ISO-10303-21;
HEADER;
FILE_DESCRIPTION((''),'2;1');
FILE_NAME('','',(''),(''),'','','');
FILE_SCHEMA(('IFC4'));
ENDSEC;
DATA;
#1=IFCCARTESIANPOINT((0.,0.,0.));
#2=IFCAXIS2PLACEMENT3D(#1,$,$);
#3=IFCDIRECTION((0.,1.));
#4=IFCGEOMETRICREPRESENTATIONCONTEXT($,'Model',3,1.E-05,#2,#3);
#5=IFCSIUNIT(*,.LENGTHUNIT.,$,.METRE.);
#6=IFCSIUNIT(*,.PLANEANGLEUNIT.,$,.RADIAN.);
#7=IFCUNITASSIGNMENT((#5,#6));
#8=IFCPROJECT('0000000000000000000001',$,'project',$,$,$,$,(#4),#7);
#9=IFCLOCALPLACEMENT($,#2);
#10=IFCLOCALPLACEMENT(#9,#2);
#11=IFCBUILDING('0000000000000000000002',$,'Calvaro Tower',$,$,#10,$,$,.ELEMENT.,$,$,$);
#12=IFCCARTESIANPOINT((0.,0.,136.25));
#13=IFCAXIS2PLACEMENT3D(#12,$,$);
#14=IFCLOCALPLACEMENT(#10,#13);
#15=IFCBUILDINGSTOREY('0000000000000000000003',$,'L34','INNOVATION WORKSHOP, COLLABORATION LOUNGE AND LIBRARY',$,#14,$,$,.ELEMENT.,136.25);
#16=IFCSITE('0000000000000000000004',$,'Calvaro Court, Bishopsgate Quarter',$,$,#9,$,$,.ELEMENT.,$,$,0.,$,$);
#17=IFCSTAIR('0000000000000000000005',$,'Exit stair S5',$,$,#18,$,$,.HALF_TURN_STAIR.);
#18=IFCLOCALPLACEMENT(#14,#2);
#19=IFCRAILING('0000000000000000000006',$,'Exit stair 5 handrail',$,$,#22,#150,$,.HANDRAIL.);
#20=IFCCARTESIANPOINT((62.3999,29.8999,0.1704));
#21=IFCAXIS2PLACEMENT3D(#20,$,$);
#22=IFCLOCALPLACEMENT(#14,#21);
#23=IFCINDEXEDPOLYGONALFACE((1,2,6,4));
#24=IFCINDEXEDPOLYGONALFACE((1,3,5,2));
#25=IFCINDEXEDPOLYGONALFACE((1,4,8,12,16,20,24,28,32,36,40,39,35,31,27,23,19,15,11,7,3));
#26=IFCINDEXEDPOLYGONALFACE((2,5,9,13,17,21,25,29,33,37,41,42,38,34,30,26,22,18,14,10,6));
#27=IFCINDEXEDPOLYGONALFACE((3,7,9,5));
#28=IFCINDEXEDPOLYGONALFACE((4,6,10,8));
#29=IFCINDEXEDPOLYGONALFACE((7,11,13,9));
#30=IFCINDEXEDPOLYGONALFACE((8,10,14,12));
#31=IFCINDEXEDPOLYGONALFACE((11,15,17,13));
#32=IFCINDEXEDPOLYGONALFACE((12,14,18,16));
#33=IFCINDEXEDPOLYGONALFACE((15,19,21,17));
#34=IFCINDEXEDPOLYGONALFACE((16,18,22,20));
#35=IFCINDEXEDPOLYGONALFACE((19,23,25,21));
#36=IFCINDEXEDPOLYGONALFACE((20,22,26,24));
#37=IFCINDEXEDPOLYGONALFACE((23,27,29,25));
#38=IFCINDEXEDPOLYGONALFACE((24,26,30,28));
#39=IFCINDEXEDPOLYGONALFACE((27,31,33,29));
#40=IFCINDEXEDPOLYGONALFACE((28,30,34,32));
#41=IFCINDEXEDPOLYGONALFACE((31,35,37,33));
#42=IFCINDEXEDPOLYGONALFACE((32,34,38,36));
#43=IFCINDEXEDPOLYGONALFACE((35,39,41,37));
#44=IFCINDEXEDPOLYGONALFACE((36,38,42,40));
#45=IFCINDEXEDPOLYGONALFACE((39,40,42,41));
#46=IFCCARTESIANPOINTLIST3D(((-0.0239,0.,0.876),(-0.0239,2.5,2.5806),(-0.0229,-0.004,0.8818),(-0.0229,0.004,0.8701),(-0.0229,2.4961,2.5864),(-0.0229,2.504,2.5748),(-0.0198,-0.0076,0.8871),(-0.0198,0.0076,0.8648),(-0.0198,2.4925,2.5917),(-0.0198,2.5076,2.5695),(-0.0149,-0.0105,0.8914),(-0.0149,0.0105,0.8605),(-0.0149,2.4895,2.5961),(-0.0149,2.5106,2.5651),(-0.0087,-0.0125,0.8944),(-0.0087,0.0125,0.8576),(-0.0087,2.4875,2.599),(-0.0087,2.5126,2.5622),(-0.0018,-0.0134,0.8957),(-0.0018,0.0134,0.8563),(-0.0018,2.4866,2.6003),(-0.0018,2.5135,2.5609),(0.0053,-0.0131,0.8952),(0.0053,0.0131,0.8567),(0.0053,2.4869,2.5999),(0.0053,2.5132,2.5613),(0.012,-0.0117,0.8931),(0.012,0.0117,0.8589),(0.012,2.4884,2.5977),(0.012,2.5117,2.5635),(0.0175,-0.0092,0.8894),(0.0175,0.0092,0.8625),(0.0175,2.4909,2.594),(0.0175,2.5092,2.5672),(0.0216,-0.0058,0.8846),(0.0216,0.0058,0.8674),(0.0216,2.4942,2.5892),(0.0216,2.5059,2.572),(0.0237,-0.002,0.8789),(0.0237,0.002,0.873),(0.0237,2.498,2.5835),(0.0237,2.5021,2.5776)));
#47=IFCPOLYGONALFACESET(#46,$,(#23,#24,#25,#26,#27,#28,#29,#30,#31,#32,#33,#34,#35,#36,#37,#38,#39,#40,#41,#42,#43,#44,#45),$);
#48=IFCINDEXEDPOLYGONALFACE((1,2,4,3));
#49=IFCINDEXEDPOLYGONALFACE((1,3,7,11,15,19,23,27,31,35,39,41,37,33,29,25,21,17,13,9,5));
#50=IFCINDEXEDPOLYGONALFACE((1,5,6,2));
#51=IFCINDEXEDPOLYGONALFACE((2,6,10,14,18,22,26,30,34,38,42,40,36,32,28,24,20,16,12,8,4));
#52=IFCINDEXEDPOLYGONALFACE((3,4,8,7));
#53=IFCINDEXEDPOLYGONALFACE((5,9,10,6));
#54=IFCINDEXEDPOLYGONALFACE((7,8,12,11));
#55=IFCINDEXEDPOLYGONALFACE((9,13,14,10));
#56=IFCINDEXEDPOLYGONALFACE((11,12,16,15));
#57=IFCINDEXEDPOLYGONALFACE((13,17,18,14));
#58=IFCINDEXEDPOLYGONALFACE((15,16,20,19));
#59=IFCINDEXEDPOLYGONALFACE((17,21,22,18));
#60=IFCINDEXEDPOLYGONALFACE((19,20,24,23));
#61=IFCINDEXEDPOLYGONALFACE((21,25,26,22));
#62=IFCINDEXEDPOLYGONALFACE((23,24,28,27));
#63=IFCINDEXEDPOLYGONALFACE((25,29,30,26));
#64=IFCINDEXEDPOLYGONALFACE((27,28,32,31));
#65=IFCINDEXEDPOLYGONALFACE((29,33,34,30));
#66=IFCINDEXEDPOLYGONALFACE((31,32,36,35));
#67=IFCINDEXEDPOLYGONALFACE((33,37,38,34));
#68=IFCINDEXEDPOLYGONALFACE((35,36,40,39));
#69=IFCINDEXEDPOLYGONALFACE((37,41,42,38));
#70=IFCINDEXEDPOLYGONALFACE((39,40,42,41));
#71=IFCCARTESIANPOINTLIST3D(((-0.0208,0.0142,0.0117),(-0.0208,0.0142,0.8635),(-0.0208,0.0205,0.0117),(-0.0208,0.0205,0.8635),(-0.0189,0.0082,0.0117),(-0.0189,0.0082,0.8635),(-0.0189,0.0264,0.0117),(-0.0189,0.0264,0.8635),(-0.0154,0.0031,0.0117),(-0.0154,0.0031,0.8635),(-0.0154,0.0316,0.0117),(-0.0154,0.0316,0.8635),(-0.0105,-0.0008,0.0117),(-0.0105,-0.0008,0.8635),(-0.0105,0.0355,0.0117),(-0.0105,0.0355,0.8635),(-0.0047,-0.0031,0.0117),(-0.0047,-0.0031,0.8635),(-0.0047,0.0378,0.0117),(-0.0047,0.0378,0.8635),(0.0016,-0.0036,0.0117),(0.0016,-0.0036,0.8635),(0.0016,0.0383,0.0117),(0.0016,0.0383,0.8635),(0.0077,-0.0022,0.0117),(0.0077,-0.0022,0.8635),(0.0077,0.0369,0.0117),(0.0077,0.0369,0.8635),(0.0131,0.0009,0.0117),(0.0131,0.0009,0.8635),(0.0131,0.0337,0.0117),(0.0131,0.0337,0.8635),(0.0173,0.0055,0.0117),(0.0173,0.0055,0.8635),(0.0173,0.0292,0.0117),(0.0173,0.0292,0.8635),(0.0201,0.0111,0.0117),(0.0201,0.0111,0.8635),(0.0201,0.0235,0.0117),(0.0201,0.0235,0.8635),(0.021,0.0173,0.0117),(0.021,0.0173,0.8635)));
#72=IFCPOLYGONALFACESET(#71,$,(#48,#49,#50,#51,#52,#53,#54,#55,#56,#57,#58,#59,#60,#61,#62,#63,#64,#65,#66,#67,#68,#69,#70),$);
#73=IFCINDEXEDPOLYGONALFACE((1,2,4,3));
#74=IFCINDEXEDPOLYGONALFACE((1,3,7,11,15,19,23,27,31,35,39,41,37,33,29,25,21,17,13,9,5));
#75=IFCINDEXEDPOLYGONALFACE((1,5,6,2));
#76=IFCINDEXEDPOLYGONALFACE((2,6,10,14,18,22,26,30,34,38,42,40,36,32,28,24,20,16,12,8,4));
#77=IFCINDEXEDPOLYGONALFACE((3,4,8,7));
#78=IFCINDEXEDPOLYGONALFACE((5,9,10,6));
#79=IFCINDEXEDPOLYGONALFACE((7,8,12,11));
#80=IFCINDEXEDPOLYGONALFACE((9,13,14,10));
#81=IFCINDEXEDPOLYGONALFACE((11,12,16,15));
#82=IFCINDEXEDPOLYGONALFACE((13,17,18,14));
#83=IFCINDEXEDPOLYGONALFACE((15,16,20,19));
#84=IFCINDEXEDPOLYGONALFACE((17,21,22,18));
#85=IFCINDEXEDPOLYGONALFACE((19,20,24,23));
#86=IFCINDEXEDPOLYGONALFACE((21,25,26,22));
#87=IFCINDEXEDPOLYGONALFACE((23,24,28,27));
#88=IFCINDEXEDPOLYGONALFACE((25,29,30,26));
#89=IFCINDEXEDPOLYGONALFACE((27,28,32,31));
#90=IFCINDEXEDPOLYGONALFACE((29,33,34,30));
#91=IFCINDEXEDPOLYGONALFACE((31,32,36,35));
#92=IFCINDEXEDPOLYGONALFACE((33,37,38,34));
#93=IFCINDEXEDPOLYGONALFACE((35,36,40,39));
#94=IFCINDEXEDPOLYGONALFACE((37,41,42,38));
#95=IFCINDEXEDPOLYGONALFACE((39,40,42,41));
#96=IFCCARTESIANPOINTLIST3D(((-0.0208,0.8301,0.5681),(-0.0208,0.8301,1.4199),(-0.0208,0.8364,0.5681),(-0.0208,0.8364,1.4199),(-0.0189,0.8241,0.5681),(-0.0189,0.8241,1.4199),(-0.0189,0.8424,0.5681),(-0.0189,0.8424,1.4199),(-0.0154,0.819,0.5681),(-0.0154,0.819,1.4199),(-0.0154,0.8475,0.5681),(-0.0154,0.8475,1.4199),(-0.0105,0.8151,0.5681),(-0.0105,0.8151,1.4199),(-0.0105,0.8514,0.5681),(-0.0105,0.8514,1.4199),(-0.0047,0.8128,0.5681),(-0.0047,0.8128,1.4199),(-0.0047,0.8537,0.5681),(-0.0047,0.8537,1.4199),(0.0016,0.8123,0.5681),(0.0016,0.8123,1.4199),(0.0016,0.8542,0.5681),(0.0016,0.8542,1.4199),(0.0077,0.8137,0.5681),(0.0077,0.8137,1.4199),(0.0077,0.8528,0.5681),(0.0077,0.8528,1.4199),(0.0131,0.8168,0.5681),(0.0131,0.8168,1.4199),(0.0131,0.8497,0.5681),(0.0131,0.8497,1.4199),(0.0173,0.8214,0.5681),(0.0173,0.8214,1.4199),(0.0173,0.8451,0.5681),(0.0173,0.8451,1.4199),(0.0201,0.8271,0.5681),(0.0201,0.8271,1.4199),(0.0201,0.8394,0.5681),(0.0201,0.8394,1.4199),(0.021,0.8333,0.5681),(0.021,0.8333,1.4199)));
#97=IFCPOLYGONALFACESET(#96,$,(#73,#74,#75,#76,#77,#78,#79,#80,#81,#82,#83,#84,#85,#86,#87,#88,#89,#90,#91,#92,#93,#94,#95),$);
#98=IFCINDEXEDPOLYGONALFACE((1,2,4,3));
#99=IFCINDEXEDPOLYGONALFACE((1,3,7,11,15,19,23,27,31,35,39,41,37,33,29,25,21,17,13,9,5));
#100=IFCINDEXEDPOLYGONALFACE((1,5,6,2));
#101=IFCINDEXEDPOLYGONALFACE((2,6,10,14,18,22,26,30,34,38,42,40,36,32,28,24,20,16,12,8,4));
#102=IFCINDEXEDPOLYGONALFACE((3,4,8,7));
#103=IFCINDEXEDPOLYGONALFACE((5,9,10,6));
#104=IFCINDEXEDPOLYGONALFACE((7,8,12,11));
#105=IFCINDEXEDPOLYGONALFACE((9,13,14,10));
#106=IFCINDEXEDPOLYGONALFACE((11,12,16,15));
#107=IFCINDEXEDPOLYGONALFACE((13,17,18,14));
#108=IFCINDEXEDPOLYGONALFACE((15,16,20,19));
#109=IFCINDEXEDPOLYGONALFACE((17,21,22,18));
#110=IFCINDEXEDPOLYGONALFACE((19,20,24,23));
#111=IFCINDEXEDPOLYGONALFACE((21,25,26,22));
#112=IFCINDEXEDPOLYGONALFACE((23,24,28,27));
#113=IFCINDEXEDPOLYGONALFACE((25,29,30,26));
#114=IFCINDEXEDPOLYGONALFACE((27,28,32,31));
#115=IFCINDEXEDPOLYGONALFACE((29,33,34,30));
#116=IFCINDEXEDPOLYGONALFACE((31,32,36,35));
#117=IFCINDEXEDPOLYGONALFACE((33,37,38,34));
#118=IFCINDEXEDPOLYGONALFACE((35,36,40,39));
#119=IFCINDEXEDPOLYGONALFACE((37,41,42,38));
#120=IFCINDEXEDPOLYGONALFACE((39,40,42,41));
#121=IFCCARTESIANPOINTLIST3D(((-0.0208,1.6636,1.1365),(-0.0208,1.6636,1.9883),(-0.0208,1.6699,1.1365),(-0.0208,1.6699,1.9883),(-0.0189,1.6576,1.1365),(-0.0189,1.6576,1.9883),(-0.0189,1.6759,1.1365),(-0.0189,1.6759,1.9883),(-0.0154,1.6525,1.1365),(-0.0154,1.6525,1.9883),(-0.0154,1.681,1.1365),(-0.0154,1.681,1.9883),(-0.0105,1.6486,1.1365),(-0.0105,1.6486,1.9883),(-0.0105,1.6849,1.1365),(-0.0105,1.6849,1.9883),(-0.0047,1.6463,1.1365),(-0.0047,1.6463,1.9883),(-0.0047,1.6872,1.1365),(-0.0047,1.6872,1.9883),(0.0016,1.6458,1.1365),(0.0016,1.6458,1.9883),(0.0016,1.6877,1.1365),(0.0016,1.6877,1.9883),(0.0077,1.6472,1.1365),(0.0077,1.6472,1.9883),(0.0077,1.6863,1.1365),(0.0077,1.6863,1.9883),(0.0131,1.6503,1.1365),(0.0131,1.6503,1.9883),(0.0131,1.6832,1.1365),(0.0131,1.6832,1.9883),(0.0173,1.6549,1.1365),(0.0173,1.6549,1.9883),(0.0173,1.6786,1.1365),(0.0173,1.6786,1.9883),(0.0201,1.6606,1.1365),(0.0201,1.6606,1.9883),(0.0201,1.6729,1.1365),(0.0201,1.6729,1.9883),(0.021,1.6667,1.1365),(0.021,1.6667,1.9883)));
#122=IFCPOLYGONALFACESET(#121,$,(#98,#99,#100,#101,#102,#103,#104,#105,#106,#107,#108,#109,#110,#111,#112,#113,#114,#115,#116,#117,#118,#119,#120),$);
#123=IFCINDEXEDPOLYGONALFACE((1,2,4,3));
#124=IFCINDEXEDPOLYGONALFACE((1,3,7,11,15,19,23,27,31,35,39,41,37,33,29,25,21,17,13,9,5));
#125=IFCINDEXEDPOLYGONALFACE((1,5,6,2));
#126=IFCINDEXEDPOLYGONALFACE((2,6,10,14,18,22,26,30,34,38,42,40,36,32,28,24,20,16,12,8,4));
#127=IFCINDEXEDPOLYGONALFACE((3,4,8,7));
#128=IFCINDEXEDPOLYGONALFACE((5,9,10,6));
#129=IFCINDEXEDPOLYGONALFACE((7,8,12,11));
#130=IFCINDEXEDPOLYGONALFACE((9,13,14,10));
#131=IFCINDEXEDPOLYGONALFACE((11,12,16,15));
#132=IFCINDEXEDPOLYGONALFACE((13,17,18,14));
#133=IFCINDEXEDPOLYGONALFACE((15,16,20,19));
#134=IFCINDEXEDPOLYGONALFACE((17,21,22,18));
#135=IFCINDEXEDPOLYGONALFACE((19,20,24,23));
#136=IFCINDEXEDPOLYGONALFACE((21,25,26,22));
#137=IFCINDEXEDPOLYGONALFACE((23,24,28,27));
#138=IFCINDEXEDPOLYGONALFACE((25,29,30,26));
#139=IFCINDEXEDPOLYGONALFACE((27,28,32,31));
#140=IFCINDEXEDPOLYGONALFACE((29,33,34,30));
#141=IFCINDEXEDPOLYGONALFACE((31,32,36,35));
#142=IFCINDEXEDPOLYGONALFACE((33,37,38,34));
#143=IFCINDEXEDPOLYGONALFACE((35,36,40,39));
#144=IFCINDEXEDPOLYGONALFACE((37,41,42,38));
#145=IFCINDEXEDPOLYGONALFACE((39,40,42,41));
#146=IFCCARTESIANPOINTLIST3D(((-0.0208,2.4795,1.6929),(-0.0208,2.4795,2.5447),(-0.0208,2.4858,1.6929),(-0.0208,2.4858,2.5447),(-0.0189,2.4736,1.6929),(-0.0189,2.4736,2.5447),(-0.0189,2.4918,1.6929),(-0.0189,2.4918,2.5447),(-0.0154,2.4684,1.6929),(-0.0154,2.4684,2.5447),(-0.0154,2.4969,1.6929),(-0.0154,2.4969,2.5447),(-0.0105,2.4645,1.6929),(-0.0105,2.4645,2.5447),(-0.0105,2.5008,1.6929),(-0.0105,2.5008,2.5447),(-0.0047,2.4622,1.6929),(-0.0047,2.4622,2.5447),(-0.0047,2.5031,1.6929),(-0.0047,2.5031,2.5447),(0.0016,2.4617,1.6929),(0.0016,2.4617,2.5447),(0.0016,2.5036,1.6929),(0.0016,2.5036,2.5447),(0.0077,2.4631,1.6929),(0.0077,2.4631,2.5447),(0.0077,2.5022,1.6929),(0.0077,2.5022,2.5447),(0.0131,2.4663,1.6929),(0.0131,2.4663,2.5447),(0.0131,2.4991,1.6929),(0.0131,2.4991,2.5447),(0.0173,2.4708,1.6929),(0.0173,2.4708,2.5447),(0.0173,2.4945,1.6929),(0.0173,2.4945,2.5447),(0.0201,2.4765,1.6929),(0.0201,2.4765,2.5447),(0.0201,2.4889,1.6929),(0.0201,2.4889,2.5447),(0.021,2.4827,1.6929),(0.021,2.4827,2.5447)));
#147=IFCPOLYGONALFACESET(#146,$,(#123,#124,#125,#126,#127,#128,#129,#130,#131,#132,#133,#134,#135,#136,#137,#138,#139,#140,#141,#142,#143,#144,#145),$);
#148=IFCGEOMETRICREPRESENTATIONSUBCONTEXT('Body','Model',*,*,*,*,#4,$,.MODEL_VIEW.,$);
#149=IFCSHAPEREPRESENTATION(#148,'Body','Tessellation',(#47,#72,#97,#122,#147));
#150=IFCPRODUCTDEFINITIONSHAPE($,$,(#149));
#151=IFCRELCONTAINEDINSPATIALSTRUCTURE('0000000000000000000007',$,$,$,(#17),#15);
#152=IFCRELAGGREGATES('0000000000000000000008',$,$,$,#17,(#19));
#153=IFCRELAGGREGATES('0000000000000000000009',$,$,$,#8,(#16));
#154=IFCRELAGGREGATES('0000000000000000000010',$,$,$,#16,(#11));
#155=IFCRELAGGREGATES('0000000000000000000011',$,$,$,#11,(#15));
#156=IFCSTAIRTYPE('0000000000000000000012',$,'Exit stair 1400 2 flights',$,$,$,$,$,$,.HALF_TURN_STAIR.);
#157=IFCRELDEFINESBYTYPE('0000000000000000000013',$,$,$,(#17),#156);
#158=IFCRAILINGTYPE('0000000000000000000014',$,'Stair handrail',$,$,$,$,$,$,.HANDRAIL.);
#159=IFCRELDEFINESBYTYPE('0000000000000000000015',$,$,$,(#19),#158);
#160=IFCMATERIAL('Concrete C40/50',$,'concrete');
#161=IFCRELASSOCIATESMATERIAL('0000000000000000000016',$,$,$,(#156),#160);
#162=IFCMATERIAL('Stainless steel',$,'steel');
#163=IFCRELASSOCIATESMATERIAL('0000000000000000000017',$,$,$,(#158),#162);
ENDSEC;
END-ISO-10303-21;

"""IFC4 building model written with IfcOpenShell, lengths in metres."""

from ifc_helpers import new_model, si_unit, direction, frame, origin, origin_2d, place, context, subcontext, project, spatial, circle, extrude, material, type_object, element, aggregate, save


model = new_model("IFC4")

# Units and contexts
model_context = context("Model", 3, precision=1e-05, world=origin(), true_north=direction((0.0, 1.0)))
body_context = subcontext(model_context, "Body", "Model", "MODEL_VIEW")
ifc_project = project(units=[si_unit("LENGTHUNIT", "METRE"), si_unit("PLANEANGLEUNIT", "RADIAN")], contexts=[model_context])

# Site, building, storey
site_placement = place(None, origin())
site = spatial("IfcSite", under=ifc_project, at=site_placement, Name="Calvaro Court, Bishopsgate Quarter", CompositionType="ELEMENT", RefElevation=0.0)
building_placement = place(site_placement, origin())
building = spatial("IfcBuilding", under=site, at=building_placement, Name="Calvaro Tower", CompositionType="ELEMENT")
storey_placement = place(building_placement, frame((0.0, 0.0, 136.25)))
storey = spatial("IfcBuildingStorey", under=building, at=storey_placement, Name="L34", Description="INNOVATION WORKSHOP, COLLABORATION LOUNGE AND LIBRARY", CompositionType="ELEMENT", Elevation=136.25)

# Stair
ifc_material_1 = material(Name="Concrete C40/50", Category="concrete")
stair_type = type_object("IfcStairType", Name="Exit stair 1400 2 flights", PredefinedType="HALF_TURN_STAIR", material=ifc_material_1)
stair_1_placement = place(storey_placement, origin())
stair_1 = element("IfcStair", 1, at=stair_1_placement, inside=storey, type_object=stair_type, Name="Exit stair S5", PredefinedType="HALF_TURN_STAIR")

# Shared definitions
ifc_material_2 = material(Name="Stainless steel", Category="steel")
railing_type = type_object("IfcRailingType", Name="Stair handrail", PredefinedType="HANDRAIL", material=ifc_material_2)

# Railing
railing_1_placement = place(storey_placement, frame((62.3999, 29.8999, 0.1704)))
railing_1 = element("IfcRailing", 2, at=railing_1_placement, type_object=railing_type, Name="Exit stair 5 handrail", PredefinedType="HANDRAIL", context=body_context, shape_type="SweptSolid", body=[
    extrude(circle(Radius=0.0239, at=origin_2d()), frame((0.0, 0.0, 0.876), z_axis=(0.0, 0.826221, 0.563347), x_axis=(-1.0, 0.0, 0.0)), (0.0, 0.0, 1.0), 3.0259),
    extrude(circle(Radius=0.021, at=origin_2d()), frame((0.0, 0.0173, 0.0117)), (0.0, 0.0, 1.0), 0.8518),
    extrude(circle(Radius=0.021, at=origin_2d()), frame((0.0, 0.8333, 0.5681)), (0.0, 0.0, 1.0), 0.8518),
    extrude(circle(Radius=0.021, at=origin_2d()), frame((0.0, 1.6667, 1.1365)), (0.0, 0.0, 1.0), 0.8518),
    extrude(circle(Radius=0.021, at=origin_2d()), frame((0.0, 2.4827, 1.6929)), (0.0, 0.0, 1.0), 0.8518),
])
aggregate(stair_1, [railing_1])

save(model, "model.ifc")
